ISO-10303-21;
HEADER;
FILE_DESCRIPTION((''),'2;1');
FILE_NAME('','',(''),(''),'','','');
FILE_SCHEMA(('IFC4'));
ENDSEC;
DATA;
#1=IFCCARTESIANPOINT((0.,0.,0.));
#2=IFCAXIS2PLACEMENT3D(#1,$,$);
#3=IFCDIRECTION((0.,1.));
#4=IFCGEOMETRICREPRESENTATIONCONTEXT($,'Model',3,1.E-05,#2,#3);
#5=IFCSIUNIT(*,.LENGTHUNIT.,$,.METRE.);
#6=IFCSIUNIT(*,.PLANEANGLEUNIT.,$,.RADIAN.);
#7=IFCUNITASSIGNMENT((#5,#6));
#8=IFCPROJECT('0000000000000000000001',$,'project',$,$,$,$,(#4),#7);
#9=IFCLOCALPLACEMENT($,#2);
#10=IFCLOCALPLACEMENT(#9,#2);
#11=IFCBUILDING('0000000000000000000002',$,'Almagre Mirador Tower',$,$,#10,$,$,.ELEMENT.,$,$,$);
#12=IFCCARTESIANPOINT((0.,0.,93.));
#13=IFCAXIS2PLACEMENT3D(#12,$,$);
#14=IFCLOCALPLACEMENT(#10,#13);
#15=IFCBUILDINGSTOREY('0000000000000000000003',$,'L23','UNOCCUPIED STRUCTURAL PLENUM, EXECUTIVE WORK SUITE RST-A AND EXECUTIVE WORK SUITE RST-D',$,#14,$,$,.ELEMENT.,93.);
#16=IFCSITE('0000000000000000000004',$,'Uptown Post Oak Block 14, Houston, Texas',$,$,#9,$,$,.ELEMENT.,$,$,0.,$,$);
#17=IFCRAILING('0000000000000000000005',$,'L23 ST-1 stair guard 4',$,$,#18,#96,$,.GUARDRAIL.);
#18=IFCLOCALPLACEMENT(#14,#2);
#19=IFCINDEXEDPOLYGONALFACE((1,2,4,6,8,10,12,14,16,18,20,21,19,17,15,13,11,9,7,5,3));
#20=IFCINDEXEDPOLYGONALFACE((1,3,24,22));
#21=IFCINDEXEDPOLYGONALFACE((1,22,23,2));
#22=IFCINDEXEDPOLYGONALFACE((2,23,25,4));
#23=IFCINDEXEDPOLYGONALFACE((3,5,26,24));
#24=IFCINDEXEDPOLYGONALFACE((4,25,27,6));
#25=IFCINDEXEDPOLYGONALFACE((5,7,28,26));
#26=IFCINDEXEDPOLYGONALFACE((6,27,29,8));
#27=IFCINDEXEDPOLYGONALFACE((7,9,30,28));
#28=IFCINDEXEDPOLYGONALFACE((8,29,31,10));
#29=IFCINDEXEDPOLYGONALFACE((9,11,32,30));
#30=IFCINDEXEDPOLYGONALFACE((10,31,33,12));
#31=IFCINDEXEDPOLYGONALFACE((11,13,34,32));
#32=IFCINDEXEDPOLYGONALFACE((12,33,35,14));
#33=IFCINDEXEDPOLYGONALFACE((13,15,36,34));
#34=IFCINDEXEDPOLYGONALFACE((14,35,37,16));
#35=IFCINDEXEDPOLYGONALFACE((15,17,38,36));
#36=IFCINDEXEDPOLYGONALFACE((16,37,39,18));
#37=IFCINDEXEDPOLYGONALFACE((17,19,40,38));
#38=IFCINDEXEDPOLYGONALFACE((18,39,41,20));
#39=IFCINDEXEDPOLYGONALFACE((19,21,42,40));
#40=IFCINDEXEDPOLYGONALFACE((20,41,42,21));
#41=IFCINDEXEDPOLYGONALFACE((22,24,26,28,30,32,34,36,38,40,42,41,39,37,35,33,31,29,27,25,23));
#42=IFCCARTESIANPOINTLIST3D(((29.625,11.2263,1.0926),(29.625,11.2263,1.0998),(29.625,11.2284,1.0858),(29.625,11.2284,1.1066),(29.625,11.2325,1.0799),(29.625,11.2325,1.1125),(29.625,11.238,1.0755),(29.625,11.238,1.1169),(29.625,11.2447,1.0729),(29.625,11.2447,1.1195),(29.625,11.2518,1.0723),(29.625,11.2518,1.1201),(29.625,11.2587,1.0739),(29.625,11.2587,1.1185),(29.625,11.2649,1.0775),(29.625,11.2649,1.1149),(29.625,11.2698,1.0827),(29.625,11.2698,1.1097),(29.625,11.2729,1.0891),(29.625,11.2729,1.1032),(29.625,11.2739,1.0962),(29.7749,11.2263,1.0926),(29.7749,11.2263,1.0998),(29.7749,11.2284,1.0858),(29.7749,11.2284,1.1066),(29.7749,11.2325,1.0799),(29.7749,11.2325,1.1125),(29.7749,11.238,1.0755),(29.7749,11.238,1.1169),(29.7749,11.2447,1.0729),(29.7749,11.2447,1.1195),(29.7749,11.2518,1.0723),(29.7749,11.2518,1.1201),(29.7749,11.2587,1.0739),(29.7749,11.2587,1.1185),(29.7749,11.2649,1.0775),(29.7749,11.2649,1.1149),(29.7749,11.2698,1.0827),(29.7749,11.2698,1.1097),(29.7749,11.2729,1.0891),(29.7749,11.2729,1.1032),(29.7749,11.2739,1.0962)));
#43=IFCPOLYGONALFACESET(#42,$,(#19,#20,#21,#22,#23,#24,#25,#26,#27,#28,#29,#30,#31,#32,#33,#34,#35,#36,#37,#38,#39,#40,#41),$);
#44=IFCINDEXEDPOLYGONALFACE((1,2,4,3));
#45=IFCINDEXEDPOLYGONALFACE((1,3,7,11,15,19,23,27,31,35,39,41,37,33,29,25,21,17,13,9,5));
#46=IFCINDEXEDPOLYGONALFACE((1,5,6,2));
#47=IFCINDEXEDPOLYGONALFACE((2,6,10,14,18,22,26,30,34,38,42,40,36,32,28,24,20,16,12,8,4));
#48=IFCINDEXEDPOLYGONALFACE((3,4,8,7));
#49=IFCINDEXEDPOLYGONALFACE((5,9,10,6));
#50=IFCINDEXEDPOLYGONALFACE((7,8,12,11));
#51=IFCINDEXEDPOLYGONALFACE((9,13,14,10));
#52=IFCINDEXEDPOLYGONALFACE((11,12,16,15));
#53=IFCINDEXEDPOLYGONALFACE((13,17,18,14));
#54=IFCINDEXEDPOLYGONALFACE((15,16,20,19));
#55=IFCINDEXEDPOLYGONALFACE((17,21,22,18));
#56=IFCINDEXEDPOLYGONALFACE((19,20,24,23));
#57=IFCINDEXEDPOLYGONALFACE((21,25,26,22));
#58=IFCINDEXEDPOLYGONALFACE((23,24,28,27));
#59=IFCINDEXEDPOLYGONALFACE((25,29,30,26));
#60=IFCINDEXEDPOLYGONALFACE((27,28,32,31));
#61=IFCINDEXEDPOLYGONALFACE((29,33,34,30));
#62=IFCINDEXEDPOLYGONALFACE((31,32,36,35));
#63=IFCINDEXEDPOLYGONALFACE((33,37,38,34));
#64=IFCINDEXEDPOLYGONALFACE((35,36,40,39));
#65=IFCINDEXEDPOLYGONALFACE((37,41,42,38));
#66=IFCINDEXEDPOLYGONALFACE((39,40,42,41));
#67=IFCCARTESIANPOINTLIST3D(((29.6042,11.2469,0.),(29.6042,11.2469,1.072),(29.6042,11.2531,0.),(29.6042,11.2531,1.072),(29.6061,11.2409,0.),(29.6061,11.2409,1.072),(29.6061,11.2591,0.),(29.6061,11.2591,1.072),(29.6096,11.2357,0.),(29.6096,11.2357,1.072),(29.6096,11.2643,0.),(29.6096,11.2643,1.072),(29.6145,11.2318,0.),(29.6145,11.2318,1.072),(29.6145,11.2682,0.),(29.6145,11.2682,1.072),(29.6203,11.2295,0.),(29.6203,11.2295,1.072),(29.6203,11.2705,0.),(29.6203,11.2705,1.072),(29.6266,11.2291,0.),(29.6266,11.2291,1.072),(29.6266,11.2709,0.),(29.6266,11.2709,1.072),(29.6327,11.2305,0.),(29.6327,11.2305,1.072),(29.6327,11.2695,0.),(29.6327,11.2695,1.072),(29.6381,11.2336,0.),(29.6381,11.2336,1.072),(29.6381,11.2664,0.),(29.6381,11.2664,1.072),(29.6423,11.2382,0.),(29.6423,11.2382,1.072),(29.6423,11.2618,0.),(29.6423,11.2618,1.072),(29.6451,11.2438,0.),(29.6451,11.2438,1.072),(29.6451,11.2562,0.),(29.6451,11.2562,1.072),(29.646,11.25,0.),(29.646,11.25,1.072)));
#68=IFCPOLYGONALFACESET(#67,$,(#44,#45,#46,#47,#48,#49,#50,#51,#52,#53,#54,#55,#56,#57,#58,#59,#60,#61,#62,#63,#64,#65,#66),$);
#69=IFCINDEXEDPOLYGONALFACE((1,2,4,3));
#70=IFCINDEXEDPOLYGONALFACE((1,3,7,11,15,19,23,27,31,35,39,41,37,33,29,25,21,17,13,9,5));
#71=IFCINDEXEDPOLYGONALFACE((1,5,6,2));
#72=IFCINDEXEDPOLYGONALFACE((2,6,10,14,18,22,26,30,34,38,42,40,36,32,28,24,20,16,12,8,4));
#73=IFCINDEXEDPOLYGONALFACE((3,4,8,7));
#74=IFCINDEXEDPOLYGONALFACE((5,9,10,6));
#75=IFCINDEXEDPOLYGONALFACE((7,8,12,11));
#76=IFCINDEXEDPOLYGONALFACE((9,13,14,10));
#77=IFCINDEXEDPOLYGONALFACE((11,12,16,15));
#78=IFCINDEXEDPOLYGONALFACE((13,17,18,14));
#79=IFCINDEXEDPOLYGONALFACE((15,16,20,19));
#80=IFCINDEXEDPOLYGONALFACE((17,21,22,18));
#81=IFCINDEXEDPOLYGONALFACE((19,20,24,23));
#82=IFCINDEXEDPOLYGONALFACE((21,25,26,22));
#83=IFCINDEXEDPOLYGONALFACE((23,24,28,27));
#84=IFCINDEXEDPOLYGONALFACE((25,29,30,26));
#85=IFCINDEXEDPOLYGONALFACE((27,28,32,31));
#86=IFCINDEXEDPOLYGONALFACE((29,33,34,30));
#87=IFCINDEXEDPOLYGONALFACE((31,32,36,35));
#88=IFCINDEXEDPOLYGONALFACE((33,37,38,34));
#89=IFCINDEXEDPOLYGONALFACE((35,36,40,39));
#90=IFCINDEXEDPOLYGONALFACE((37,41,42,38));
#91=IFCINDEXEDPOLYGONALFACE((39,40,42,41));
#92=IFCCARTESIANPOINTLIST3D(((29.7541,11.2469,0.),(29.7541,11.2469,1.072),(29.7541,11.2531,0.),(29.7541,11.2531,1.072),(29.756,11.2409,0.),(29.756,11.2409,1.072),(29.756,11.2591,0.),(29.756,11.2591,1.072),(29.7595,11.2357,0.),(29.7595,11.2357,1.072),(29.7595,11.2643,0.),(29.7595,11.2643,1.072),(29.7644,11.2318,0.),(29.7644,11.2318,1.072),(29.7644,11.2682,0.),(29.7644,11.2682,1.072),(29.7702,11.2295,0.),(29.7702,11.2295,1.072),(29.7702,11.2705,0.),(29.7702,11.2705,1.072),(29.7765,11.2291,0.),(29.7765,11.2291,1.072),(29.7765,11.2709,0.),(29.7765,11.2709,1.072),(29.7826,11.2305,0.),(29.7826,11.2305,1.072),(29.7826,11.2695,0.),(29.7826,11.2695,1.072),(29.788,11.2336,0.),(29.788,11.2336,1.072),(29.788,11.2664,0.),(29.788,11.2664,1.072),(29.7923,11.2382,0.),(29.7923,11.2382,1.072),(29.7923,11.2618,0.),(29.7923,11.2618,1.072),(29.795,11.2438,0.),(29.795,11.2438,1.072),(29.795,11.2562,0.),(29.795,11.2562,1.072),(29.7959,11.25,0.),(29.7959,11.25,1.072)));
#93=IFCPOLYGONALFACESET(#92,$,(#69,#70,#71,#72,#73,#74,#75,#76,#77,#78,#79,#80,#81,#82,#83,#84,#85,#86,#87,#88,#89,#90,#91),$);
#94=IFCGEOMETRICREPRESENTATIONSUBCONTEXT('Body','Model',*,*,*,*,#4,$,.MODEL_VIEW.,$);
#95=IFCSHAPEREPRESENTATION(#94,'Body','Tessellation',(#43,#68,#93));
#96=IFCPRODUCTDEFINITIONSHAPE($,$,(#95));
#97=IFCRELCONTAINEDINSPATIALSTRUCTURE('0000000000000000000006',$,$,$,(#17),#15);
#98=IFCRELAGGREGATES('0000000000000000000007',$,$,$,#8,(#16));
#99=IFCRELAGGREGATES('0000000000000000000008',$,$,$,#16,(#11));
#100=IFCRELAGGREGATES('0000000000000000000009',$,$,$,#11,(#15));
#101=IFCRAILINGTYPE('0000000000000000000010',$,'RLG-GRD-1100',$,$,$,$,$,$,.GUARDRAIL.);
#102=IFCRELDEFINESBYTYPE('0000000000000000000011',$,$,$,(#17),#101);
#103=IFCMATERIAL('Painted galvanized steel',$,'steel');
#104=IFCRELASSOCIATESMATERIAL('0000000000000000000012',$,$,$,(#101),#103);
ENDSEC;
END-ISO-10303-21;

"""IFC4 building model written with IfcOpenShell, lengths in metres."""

from ifc_helpers import new_model, si_unit, direction, frame, origin, origin_2d, place, context, subcontext, project, spatial, circle, extrude, material, type_object, element, save


model = new_model("IFC4")

# Units and contexts
model_context = context("Model", 3, precision=1e-05, world=origin(), true_north=direction((0.0, 1.0)))
body_context = subcontext(model_context, "Body", "Model", "MODEL_VIEW")
ifc_project = project(units=[si_unit("LENGTHUNIT", "METRE"), si_unit("PLANEANGLEUNIT", "RADIAN")], contexts=[model_context])

# Site, building, storey
site_placement = place(None, origin())
site = spatial("IfcSite", under=ifc_project, at=site_placement, Name="Uptown Post Oak Block 14, Houston, Texas", CompositionType="ELEMENT", RefElevation=0.0)
building_placement = place(site_placement, origin())
building = spatial("IfcBuilding", under=site, at=building_placement, Name="Almagre Mirador Tower", CompositionType="ELEMENT")
storey_placement = place(building_placement, frame((0.0, 0.0, 93.0)))
storey = spatial("IfcBuildingStorey", under=building, at=storey_placement, Name="L23", Description="UNOCCUPIED STRUCTURAL PLENUM, EXECUTIVE WORK SUITE RST-A AND EXECUTIVE WORK SUITE RST-D", CompositionType="ELEMENT", Elevation=93.0)

# Railing
ifc_material_1 = material(Name="Painted galvanized steel", Category="steel")
railing_type_1 = type_object("IfcRailingType", Name="RLG-GRD-1100", PredefinedType="GUARDRAIL", material=ifc_material_1)
railing_1_placement = place(storey_placement, frame((29.625, 11.25, 0.0)))
element("IfcRailing", 1, at=railing_1_placement, inside=storey, type_object=railing_type_1, Name="L23 ST-1 stair guard 4", PredefinedType="GUARDRAIL", context=body_context, shape_type="SweptSolid", body=[
    extrude(circle(Radius=0.0239, at=origin_2d()), frame((0.0, 0.0, 1.0962), z_axis=(1.0, 0.0, 0.0), x_axis=(0.0, 1.0, 0.0)), (0.0, 0.0, 1.0), 0.1499),
    extrude(circle(Radius=0.021, at=origin_2d()), origin(), (0.0, 0.0, 1.0), 1.072),
    extrude(circle(Radius=0.021, at=origin_2d()), frame((0.1499, 0.0, 0.0)), (0.0, 0.0, 1.0), 1.072),
])

save(model, "model.ifc")
